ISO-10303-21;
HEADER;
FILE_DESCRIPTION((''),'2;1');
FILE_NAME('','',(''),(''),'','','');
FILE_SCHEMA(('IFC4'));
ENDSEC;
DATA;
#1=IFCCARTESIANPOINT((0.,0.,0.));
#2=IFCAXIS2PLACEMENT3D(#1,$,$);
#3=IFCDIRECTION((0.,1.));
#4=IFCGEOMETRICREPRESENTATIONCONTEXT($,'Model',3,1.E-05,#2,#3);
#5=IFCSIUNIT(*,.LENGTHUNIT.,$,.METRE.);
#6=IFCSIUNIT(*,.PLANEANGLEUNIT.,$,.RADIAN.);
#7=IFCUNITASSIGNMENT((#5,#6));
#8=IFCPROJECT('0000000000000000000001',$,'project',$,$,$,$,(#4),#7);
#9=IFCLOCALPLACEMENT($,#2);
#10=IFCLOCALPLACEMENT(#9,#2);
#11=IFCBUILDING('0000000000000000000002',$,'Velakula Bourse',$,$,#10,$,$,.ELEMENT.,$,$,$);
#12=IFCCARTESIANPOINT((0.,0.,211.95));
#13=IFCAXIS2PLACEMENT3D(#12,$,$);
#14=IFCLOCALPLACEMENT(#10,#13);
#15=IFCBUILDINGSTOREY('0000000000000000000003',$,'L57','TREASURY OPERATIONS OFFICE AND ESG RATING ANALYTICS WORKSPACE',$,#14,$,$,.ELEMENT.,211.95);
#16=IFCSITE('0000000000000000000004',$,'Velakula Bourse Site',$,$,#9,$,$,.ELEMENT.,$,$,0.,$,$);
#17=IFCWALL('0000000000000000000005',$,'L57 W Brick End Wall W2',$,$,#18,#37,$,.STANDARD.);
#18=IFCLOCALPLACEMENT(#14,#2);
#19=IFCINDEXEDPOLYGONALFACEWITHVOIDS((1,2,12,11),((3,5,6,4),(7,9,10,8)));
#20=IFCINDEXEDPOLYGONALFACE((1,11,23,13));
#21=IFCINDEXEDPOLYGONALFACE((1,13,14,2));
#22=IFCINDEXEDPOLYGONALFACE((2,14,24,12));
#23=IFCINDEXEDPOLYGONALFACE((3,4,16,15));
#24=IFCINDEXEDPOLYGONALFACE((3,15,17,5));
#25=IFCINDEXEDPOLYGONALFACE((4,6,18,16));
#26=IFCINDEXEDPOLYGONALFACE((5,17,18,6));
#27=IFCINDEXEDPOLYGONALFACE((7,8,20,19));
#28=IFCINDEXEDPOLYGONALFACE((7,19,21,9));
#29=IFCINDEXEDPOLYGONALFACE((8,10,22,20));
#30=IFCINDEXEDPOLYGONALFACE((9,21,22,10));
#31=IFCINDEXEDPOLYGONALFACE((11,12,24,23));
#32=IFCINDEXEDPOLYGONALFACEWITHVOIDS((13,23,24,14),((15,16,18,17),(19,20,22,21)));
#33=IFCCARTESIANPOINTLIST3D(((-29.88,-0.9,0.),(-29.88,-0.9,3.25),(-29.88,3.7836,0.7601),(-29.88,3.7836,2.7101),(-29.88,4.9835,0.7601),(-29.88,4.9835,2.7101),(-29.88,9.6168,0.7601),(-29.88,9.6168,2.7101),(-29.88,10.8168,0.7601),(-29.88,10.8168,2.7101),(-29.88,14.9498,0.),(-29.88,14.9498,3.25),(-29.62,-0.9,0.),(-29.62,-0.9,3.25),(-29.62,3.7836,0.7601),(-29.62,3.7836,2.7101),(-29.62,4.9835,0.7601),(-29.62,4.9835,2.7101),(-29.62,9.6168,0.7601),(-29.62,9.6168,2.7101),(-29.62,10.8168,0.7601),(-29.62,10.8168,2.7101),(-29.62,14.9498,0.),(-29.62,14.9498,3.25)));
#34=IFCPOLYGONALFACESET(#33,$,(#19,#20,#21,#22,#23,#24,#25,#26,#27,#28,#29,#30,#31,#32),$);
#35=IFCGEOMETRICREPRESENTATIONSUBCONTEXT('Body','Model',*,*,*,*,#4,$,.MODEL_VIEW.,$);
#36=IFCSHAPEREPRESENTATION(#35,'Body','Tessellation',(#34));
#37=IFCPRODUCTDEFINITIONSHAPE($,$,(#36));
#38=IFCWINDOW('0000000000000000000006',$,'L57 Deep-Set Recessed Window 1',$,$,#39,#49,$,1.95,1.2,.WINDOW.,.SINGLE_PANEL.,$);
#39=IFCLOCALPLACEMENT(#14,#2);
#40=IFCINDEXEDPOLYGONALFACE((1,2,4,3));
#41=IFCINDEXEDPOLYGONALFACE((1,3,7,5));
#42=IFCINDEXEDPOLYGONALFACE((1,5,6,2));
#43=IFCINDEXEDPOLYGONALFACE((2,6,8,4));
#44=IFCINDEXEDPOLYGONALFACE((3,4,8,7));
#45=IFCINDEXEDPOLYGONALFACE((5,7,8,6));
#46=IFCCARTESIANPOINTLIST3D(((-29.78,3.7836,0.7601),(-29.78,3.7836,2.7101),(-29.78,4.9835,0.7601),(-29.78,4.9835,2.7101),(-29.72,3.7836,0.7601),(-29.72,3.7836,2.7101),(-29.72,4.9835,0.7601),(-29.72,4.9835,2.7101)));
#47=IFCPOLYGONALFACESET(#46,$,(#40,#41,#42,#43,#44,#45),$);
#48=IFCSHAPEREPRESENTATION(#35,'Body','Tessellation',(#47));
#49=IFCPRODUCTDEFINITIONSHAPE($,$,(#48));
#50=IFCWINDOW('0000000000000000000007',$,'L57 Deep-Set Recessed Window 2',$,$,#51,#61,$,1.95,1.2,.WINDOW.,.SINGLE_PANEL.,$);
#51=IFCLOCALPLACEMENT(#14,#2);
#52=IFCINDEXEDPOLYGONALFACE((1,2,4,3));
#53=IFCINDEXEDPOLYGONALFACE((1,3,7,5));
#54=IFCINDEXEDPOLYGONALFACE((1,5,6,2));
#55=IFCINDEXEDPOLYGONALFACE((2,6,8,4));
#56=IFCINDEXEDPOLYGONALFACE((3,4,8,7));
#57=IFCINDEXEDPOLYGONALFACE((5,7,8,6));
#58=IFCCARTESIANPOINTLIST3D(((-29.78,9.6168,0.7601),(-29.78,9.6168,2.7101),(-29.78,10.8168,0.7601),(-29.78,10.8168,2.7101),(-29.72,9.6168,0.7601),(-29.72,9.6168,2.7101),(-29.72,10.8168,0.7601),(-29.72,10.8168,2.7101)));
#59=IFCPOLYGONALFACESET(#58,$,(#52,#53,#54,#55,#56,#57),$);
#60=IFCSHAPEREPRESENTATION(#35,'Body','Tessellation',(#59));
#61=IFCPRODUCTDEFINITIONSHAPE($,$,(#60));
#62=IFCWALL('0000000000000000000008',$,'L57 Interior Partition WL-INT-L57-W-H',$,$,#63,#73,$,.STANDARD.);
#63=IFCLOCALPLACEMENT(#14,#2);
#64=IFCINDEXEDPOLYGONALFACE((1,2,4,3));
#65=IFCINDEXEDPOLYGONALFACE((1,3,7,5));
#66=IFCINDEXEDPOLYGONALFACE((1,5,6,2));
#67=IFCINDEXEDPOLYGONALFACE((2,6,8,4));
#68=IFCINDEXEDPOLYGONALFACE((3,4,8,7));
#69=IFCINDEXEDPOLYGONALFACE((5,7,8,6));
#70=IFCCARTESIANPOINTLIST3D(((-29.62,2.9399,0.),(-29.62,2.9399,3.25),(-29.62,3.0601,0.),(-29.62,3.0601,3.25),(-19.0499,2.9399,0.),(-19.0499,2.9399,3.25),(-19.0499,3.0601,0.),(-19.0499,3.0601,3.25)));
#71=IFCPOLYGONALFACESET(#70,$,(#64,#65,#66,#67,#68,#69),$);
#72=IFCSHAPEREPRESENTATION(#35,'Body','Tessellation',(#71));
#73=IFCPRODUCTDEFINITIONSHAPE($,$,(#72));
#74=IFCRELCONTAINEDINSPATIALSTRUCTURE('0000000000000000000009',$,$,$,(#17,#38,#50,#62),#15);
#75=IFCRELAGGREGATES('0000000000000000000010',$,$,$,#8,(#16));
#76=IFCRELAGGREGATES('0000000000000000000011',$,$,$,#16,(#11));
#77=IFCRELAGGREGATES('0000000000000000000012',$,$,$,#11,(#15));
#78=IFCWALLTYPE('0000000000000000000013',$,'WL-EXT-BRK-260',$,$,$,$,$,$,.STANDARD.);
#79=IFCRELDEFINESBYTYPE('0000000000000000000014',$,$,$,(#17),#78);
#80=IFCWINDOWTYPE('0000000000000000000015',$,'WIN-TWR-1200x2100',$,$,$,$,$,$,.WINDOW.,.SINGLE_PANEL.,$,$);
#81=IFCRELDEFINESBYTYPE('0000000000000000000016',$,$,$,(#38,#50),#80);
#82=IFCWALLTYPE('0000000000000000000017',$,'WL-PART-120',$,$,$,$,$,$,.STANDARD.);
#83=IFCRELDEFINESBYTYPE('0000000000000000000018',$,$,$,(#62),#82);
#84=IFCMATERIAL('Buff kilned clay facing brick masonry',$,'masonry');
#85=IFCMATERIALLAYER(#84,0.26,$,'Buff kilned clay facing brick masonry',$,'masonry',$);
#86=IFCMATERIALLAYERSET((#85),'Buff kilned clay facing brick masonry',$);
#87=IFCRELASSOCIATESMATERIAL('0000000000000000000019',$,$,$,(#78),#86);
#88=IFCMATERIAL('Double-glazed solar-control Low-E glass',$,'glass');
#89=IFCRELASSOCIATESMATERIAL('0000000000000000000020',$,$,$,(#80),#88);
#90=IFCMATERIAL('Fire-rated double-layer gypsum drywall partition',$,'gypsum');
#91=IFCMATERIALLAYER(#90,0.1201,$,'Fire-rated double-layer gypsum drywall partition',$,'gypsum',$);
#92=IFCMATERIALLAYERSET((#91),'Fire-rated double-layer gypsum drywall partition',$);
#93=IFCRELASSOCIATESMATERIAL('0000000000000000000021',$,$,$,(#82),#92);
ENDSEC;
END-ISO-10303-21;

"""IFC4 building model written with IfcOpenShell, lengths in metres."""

from ifc_helpers import new_model, si_unit, direction, frame, frame_2d, origin, place, context, subcontext, project, spatial, rectangle, extrude, material, layer, layer_set, type_object, element, fill, save


model = new_model("IFC4")

# Units and contexts
model_context = context("Model", 3, precision=1e-05, world=origin(), true_north=direction((0.0, 1.0)))
body_context = subcontext(model_context, "Body", "Model", "MODEL_VIEW")
ifc_project = project(units=[si_unit("LENGTHUNIT", "METRE"), si_unit("PLANEANGLEUNIT", "RADIAN")], contexts=[model_context])

# Site, building, storey
site_placement = place(None, origin())
site = spatial("IfcSite", under=ifc_project, at=site_placement, Name="Velakula Bourse Site", CompositionType="ELEMENT", RefElevation=0.0)
building_placement = place(site_placement, origin())
building = spatial("IfcBuilding", under=site, at=building_placement, Name="Velakula Bourse", CompositionType="ELEMENT")
storey_placement = place(building_placement, frame((0.0, 0.0, 211.95)))
storey = spatial("IfcBuildingStorey", under=building, at=storey_placement, Name="L57", Description="TREASURY OPERATIONS OFFICE AND ESG RATING ANALYTICS WORKSPACE", CompositionType="ELEMENT", Elevation=211.95)

# Wall, openings, windows
ifc_material_1 = material(Name="Buff kilned clay facing brick masonry", Category="masonry")
ifc_layer_1 = layer(ifc_material_1, 0.26, Name="Buff kilned clay facing brick masonry", Category="masonry")
ifc_layer_set_1 = layer_set([ifc_layer_1], Name="Buff kilned clay facing brick masonry")
wall_type_1 = type_object("IfcWallType", Name="WL-EXT-BRK-260", PredefinedType="STANDARD", material=ifc_layer_set_1)
wall_1_placement = place(storey_placement, frame((-29.75, -0.8999, 0.0), z_axis=(0.0, 0.0, 1.0), x_axis=(0.0, 1.0, 0.0)))
wall_1 = element("IfcWall", 1, at=wall_1_placement, inside=storey, type_object=wall_type_1, Name="L57 W Brick End Wall W2", PredefinedType="STANDARD", context=body_context, shape_type="SweptSolid", body=[
    extrude(rectangle(XDim=15.8499, YDim=0.26, at=frame_2d((7.9248, 0.0))), origin(), (0.0, 0.0, 1.0), 3.25),
])
opening_1_placement = place(wall_1_placement, frame((4.6833, 0.0, 0.76)))
opening_1 = element("IfcOpeningElement", 2, at=opening_1_placement, cuts=wall_1, PredefinedType="OPENING", context=body_context, shape_type="SweptSolid", body=[
    extrude(rectangle(XDim=1.2, YDim=1.95, at=frame_2d((0.6001, 0.9751))), frame((0.0, 0.1399, 0.0), z_axis=(0.0, -1.0, 0.0), x_axis=(1.0, 0.0, 0.0)), (0.0, 0.0, 1.0), 0.28),
])
opening_2_placement = place(wall_1_placement, frame((10.5166, 0.0, 0.76)))
opening_2 = element("IfcOpeningElement", 3, at=opening_2_placement, cuts=wall_1, PredefinedType="OPENING", context=body_context, shape_type="SweptSolid", body=[
    extrude(rectangle(XDim=1.2, YDim=1.95, at=frame_2d((0.6001, 0.9751))), frame((0.0, 0.1399, 0.0), z_axis=(0.0, -1.0, 0.0), x_axis=(1.0, 0.0, 0.0)), (0.0, 0.0, 1.0), 0.28),
])
ifc_material_2 = material(Name="Double-glazed solar-control Low-E glass", Category="glass")
window_type = type_object("IfcWindowType", Name="WIN-TWR-1200x2100", PartitioningType="SINGLE_PANEL", PredefinedType="WINDOW", material=ifc_material_2)
window_1_placement = place(opening_1_placement, origin())
window_1 = element("IfcWindow", 4, at=window_1_placement, inside=storey, type_object=window_type, Name="L57 Deep-Set Recessed Window 1", OverallHeight=1.95, OverallWidth=1.2, PartitioningType="SINGLE_PANEL", PredefinedType="WINDOW", context=body_context, shape_type="SweptSolid", body=[
    extrude(rectangle(XDim=1.2, YDim=1.95, at=frame_2d((0.6001, 0.9751))), frame((0.0, 0.03, 0.0), z_axis=(0.0, -1.0, 0.0), x_axis=(1.0, 0.0, 0.0)), (0.0, 0.0, 1.0), 0.0601),
])
fill(opening_1, window_1)
window_2_placement = place(opening_2_placement, origin())
window_2 = element("IfcWindow", 5, at=window_2_placement, inside=storey, type_object=window_type, Name="L57 Deep-Set Recessed Window 2", OverallHeight=1.95, OverallWidth=1.2, PartitioningType="SINGLE_PANEL", PredefinedType="WINDOW", context=body_context, shape_type="SweptSolid", body=[
    extrude(rectangle(XDim=1.2, YDim=1.95, at=frame_2d((0.6001, 0.9751))), frame((0.0, 0.03, 0.0), z_axis=(0.0, -1.0, 0.0), x_axis=(1.0, 0.0, 0.0)), (0.0, 0.0, 1.0), 0.0601),
])
fill(opening_2, window_2)

# Wall
ifc_material_3 = material(Name="Fire-rated double-layer gypsum drywall partition", Category="gypsum")
ifc_layer_2 = layer(ifc_material_3, 0.1201, Name="Fire-rated double-layer gypsum drywall partition", Category="gypsum")
ifc_layer_set_2 = layer_set([ifc_layer_2], Name="Fire-rated double-layer gypsum drywall partition")
wall_type_2 = type_object("IfcWallType", Name="WL-PART-120", PredefinedType="STANDARD", material=ifc_layer_set_2)
wall_2_placement = place(storey_placement, frame((-29.6201, 3.0, 0.0), z_axis=(0.0, 0.0, 1.0), x_axis=(1.0, 0.0, 0.0)))
element("IfcWall", 6, at=wall_2_placement, inside=storey, type_object=wall_type_2, Name="L57 Interior Partition WL-INT-L57-W-H", PredefinedType="STANDARD", context=body_context, shape_type="SweptSolid", body=[
    extrude(rectangle(XDim=10.5701, YDim=0.1201, at=frame_2d((5.2852, 0.0))), origin(), (0.0, 0.0, 1.0), 3.25),
])

save(model, "model.ifc")
